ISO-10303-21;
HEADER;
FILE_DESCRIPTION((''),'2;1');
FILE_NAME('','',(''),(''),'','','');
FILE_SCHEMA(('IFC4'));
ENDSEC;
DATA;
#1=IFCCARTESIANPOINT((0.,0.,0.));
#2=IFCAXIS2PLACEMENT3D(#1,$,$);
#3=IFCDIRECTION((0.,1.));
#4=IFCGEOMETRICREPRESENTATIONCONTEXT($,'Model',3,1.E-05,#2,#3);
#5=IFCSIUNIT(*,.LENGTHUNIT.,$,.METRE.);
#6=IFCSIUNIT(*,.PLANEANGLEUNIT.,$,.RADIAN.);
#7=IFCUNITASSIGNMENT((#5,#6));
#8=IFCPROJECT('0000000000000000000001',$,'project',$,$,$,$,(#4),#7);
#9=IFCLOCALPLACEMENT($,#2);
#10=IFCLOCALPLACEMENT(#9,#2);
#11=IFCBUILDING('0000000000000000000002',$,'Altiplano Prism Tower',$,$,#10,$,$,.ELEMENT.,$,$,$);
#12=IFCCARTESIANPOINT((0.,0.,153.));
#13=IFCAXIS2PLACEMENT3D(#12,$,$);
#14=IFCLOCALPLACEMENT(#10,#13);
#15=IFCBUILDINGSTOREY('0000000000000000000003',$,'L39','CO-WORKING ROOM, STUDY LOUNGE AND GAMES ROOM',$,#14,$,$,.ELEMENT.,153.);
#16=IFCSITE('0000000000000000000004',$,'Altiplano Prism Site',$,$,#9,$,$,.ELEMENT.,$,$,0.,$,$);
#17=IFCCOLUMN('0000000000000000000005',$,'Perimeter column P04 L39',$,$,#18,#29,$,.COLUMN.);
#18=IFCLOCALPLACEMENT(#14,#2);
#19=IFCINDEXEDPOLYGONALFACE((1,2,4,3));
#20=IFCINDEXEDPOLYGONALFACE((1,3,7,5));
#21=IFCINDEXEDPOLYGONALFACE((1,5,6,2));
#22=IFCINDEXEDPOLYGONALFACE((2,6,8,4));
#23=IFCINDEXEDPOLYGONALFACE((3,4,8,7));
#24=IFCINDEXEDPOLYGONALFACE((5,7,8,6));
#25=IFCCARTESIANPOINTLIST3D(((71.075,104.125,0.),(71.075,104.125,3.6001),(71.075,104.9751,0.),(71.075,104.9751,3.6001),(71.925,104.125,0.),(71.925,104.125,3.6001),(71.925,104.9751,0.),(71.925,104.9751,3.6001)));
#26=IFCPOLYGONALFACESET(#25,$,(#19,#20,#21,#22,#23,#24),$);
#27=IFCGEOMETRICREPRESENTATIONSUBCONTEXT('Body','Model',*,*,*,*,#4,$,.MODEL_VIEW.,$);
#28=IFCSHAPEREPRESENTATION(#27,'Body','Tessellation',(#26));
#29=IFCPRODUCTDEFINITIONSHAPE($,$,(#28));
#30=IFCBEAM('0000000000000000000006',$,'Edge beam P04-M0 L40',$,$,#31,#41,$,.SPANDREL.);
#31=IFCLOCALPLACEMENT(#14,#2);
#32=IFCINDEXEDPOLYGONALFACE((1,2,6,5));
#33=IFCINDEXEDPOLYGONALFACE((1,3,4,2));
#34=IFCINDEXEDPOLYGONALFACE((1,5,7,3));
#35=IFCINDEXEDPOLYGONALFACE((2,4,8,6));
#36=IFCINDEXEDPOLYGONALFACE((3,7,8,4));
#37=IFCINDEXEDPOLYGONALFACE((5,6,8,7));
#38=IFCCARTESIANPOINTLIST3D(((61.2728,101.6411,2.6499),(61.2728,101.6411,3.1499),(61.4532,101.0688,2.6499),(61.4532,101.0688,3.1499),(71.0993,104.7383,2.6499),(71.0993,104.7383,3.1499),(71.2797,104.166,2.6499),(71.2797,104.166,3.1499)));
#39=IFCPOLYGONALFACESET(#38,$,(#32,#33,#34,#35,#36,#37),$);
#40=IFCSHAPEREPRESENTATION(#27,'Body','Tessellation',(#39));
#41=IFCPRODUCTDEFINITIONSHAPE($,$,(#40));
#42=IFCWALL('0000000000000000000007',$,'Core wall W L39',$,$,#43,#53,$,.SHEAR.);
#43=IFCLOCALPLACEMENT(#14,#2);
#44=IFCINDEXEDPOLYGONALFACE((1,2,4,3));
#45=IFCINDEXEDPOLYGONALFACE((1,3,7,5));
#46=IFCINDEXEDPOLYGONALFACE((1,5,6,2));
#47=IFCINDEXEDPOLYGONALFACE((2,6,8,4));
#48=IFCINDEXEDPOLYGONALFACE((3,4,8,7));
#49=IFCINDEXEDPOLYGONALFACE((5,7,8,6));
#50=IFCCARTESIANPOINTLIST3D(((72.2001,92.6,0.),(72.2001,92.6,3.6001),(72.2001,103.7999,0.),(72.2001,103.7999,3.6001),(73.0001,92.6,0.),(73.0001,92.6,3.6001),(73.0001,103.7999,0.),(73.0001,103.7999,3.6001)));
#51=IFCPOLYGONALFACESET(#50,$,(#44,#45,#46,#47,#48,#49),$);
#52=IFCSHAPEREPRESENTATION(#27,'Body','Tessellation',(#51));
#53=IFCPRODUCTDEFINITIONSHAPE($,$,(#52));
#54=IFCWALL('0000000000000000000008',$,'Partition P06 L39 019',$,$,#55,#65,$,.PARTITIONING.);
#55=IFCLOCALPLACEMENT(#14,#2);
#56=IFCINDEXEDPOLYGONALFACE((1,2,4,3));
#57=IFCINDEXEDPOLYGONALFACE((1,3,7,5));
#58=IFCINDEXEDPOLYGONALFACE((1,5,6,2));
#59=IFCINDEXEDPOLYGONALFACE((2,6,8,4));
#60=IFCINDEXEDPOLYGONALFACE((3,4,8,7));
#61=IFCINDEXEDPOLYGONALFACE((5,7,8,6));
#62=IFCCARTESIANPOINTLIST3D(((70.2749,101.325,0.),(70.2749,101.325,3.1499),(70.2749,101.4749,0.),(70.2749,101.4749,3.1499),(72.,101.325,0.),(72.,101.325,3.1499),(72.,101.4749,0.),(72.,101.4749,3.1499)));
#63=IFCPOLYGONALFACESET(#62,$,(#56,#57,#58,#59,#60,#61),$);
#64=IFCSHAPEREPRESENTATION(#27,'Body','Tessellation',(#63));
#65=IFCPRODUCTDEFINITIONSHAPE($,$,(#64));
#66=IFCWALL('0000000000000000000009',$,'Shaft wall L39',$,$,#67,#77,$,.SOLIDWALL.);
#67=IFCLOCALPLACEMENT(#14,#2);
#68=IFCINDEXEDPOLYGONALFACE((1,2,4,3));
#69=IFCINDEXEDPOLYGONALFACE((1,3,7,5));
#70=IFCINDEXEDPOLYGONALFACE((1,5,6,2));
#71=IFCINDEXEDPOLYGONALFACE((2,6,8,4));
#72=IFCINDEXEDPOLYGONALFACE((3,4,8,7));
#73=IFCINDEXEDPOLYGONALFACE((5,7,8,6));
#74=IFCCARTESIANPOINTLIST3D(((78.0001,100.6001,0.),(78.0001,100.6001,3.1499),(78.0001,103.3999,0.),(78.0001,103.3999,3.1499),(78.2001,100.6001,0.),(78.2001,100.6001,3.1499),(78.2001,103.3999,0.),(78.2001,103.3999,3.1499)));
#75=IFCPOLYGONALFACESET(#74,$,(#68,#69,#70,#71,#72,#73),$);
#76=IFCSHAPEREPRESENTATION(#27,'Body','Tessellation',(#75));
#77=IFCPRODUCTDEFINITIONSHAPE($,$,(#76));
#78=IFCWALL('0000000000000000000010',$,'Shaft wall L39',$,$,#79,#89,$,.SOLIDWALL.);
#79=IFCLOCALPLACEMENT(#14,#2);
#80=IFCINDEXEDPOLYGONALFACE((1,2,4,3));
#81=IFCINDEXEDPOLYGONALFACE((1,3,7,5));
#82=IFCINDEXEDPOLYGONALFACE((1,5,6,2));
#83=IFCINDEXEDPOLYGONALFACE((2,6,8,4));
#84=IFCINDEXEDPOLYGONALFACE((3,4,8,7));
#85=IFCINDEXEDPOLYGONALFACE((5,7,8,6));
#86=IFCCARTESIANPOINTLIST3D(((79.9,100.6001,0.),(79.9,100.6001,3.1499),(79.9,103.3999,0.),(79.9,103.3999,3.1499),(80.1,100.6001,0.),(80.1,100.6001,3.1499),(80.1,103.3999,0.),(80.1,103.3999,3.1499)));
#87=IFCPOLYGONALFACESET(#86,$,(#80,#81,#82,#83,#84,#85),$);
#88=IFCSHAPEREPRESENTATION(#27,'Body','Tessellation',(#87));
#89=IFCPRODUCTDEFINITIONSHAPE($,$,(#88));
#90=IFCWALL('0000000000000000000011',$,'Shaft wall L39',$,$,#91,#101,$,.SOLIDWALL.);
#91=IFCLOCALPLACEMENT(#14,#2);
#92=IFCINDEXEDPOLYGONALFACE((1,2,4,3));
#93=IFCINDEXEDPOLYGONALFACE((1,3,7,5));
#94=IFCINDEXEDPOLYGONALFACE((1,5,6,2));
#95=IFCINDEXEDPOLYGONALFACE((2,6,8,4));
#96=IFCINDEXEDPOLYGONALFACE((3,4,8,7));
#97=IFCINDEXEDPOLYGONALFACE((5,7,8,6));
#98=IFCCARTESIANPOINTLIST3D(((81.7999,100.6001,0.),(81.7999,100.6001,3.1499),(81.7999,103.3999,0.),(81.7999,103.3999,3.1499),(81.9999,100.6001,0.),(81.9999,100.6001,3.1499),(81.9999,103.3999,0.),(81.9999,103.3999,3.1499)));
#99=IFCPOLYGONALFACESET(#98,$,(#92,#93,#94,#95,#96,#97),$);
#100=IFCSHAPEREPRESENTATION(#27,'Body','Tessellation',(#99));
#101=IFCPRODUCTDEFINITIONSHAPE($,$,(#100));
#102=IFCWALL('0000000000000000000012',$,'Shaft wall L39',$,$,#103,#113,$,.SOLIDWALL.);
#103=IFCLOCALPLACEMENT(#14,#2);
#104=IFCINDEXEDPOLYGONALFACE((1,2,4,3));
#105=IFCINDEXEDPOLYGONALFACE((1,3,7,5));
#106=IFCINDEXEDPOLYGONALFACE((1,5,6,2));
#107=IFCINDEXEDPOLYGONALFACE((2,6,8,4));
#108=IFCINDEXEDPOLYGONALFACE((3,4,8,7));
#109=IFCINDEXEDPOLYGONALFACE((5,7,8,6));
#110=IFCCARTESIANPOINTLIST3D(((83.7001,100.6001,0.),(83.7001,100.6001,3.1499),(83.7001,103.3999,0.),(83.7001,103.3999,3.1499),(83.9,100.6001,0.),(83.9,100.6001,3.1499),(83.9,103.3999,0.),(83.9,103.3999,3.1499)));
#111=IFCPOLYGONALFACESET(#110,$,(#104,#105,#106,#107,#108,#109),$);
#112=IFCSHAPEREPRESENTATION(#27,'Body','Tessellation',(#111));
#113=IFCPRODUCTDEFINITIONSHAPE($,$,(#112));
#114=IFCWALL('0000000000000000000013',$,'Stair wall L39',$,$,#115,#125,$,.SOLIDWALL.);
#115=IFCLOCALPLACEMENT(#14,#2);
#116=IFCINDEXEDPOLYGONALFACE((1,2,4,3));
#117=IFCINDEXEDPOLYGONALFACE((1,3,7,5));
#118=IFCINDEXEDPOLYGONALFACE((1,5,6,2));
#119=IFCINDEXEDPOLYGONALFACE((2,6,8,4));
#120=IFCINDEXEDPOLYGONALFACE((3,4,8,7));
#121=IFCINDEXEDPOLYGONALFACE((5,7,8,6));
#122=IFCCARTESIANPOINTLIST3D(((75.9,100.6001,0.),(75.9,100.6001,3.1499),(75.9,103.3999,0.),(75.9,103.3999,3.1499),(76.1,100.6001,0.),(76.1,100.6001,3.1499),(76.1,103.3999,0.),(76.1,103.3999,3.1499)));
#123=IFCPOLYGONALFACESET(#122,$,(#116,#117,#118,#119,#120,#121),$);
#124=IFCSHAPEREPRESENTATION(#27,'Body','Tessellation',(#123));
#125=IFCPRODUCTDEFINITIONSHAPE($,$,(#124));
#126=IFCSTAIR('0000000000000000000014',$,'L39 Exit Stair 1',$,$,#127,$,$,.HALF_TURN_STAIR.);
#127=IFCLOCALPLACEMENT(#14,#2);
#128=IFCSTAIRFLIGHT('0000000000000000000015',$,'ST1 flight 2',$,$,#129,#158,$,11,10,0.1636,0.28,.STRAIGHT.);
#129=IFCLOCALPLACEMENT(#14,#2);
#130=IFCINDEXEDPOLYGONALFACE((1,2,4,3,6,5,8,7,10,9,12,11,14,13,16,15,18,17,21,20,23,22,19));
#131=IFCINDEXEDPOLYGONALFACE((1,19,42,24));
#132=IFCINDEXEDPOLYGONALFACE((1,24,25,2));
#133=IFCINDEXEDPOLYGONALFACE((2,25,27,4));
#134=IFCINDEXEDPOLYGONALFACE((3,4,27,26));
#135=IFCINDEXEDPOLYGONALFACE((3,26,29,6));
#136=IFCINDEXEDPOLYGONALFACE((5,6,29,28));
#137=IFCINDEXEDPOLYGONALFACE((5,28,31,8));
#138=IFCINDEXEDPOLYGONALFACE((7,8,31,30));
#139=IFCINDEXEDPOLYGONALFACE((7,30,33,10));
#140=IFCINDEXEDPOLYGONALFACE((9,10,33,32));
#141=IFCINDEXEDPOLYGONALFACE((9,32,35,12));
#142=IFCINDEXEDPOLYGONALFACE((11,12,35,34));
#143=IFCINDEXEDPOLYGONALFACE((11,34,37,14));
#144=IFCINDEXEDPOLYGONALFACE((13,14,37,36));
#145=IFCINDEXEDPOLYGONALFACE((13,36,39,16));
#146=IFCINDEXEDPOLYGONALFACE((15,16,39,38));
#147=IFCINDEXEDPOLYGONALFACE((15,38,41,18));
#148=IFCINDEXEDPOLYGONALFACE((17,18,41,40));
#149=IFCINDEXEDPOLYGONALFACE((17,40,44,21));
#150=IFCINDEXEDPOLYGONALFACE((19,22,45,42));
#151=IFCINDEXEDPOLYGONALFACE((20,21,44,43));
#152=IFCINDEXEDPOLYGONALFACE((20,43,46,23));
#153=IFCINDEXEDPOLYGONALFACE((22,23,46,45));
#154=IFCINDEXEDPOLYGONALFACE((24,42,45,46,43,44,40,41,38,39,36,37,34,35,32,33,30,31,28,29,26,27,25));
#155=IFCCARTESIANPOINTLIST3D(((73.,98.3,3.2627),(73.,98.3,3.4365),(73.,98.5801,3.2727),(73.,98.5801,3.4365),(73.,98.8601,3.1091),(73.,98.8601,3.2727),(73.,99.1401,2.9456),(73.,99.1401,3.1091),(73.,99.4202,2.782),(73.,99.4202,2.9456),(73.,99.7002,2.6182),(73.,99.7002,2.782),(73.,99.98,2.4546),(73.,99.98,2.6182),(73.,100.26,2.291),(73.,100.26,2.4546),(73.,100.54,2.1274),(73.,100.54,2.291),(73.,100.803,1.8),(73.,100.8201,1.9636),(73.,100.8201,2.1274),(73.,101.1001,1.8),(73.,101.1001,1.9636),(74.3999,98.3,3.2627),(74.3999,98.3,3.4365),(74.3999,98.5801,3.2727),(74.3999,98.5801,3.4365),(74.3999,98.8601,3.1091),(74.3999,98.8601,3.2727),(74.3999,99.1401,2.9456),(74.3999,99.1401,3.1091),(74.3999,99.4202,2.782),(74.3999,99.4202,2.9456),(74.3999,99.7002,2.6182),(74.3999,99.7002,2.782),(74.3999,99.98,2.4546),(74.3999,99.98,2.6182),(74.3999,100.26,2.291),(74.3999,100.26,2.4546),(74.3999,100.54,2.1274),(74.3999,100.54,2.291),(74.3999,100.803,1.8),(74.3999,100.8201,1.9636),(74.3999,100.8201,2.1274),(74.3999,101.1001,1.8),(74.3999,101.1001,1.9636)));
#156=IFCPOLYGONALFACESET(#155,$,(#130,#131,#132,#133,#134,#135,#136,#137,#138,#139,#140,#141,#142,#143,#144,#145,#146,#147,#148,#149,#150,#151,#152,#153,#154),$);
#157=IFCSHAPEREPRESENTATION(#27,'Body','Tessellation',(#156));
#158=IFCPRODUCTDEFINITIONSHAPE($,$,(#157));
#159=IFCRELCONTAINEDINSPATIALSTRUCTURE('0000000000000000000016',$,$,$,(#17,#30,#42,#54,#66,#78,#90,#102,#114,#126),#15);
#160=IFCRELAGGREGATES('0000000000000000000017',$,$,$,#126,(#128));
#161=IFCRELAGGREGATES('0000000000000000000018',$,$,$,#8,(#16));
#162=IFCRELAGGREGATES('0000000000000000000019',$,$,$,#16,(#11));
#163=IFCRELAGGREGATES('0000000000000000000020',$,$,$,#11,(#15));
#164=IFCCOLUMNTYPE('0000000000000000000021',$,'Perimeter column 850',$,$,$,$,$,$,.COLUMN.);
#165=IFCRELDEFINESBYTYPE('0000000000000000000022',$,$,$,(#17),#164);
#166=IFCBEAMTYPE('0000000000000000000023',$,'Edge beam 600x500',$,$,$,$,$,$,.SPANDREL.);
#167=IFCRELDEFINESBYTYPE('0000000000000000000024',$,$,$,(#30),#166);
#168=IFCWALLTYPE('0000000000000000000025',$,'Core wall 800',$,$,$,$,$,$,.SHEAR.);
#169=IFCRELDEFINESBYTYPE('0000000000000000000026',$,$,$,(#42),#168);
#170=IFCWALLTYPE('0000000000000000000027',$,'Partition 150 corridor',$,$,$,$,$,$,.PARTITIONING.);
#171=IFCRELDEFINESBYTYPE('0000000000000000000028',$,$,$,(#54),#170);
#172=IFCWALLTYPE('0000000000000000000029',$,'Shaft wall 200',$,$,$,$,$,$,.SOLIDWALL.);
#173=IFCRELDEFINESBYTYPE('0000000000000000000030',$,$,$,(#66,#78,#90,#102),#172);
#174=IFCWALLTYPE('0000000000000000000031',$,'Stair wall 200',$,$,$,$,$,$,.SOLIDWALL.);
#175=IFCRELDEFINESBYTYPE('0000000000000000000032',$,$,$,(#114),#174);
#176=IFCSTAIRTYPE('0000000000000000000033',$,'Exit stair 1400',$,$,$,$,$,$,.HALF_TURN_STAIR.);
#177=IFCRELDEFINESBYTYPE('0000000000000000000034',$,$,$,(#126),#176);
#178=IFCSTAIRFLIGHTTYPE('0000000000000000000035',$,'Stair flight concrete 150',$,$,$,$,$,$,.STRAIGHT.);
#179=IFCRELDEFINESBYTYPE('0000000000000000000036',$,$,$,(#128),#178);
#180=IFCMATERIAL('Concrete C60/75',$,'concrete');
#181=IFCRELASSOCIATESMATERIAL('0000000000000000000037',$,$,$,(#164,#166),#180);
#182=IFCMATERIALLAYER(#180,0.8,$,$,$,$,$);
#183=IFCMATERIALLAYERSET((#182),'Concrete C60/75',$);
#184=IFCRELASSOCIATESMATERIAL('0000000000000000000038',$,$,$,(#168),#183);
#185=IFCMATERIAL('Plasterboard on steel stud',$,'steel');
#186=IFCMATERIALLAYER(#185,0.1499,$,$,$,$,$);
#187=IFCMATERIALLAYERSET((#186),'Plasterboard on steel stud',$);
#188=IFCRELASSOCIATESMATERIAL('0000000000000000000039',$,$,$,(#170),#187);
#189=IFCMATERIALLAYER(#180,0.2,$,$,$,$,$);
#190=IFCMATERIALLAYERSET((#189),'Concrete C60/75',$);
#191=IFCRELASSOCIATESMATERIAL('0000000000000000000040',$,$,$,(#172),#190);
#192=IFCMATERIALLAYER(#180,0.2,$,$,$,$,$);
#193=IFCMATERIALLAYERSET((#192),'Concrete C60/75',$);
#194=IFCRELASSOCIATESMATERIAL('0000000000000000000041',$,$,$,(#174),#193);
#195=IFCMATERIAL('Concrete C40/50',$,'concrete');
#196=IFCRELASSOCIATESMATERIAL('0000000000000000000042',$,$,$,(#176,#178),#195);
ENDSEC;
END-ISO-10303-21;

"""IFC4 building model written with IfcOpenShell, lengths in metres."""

from ifc_helpers import new_model, si_unit, direction, frame, frame_2d, origin, origin_2d, place, context, subcontext, project, spatial, polyline, rectangle, outline, extrude, material, layer, layer_set, material_profile, profile_set, type_object, element, aggregate, save


model = new_model("IFC4")

# Units and contexts
model_context = context("Model", 3, precision=1e-05, world=origin(), true_north=direction((0.0, 1.0)))
body_context = subcontext(model_context, "Body", "Model", "MODEL_VIEW")
ifc_project = project(units=[si_unit("LENGTHUNIT", "METRE"), si_unit("PLANEANGLEUNIT", "RADIAN")], contexts=[model_context])

# Site, building, storey
site_placement = place(None, origin())
site = spatial("IfcSite", under=ifc_project, at=site_placement, Name="Altiplano Prism Site", CompositionType="ELEMENT", RefElevation=0.0)
building_placement = place(site_placement, origin())
building = spatial("IfcBuilding", under=site, at=building_placement, Name="Altiplano Prism Tower", CompositionType="ELEMENT")
storey_placement = place(building_placement, frame((0.0, 0.0, 153.0)))
storey = spatial("IfcBuildingStorey", under=building, at=storey_placement, Name="L39", Description="CO-WORKING ROOM, STUDY LOUNGE AND GAMES ROOM", CompositionType="ELEMENT", Elevation=153.0)

# Column
ifc_material_1 = material(Name="Concrete C60/75", Category="concrete")
ifc_material_profile_1 = material_profile(ifc_material_1, rectangle(XDim=0.8501, YDim=0.8501, at=origin_2d()), Name="Perimeter column 850")
ifc_profile_set_1 = profile_set([ifc_material_profile_1], Name="Concrete C60/75")
column_type = type_object("IfcColumnType", Name="Perimeter column 850", PredefinedType="COLUMN", material=ifc_profile_set_1)
column_placement = place(storey_placement, frame((71.5, 104.55, 0.0), z_axis=(0.0, 0.0, 1.0), x_axis=(1.0, 0.0, 0.0)))
element("IfcColumn", 1, at=column_placement, inside=storey, type_object=column_type, Name="Perimeter column P04 L39", PredefinedType="COLUMN", context=body_context, shape_type="SweptSolid", body=[
    extrude(rectangle(XDim=0.8501, YDim=0.8501, at=origin_2d()), origin(), (0.0, 0.0, 1.0), 3.6001),
])

# Beam
ifc_material_profile_2 = material_profile(ifc_material_1, rectangle(XDim=0.6001, YDim=0.5, at=origin_2d()), Name="Edge beam 600x500")
ifc_profile_set_2 = profile_set([ifc_material_profile_2], Name="Concrete C60/75")
beam_type = type_object("IfcBeamType", Name="Edge beam 600x500", PredefinedType="SPANDREL", material=ifc_profile_set_2)
beam_placement = place(storey_placement, frame((71.1895, 104.4521, 2.8999), z_axis=(-0.953747, -0.30061, 0.0), x_axis=(0.30061, -0.953747, 0.0)))
element("IfcBeam", 2, at=beam_placement, inside=storey, type_object=beam_type, Name="Edge beam P04-M0 L40", PredefinedType="SPANDREL", context=body_context, shape_type="SweptSolid", body=[
    extrude(rectangle(XDim=0.6001, YDim=0.5, at=origin_2d()), origin(), (0.0, 0.0, 1.0), 10.303),
])

# Walls
ifc_layer_1 = layer(ifc_material_1, 0.8)
ifc_layer_set_1 = layer_set([ifc_layer_1], Name="Concrete C60/75")
wall_type_1 = type_object("IfcWallType", Name="Core wall 800", PredefinedType="SHEAR", material=ifc_layer_set_1)
wall_1_placement = place(storey_placement, frame((72.6001, 103.8, 0.0), z_axis=(0.0, 0.0, 1.0), x_axis=(0.0, -1.0, 0.0)))
element("IfcWall", 3, at=wall_1_placement, inside=storey, type_object=wall_type_1, Name="Core wall W L39", PredefinedType="SHEAR", context=body_context, shape_type="SweptSolid", body=[
    extrude(rectangle(XDim=11.2, YDim=0.8, at=frame_2d((5.6001, 0.0))), origin(), (0.0, 0.0, 1.0), 3.6001),
])
ifc_material_2 = material(Name="Plasterboard on steel stud", Category="steel")
ifc_layer_2 = layer(ifc_material_2, 0.1499)
ifc_layer_set_2 = layer_set([ifc_layer_2], Name="Plasterboard on steel stud")
wall_type_2 = type_object("IfcWallType", Name="Partition 150 corridor", PredefinedType="PARTITIONING", material=ifc_layer_set_2)
wall_2_placement = place(storey_placement, frame((72.0, 101.3999, 0.0), z_axis=(0.0, 0.0, 1.0), x_axis=(-1.0, 0.0, 0.0)))
element("IfcWall", 4, at=wall_2_placement, inside=storey, type_object=wall_type_2, Name="Partition P06 L39 019", PredefinedType="PARTITIONING", context=body_context, shape_type="SweptSolid", body=[
    extrude(rectangle(XDim=1.7251, YDim=0.1499, at=frame_2d((0.8625, 0.0))), origin(), (0.0, 0.0, 1.0), 3.1499),
])
ifc_layer_3 = layer(ifc_material_1, 0.2)
ifc_layer_set_3 = layer_set([ifc_layer_3], Name="Concrete C60/75")
wall_type_3 = type_object("IfcWallType", Name="Shaft wall 200", PredefinedType="SOLIDWALL", material=ifc_layer_set_3)
for number, where, z_axis, x_axis, name in (
    (5, (78.1001, 100.6001, 0.0), (0.0, 0.0, 1.0), (0.0, 1.0, 0.0), "Shaft wall L39"),
    (6, (80.0, 100.6001, 0.0), (0.0, 0.0, 1.0), (0.0, 1.0, 0.0), "Shaft wall L39"),
    (7, (81.8999, 100.6001, 0.0), (0.0, 0.0, 1.0), (0.0, 1.0, 0.0), "Shaft wall L39"),
    (8, (83.8, 100.6001, 0.0), (0.0, 0.0, 1.0), (0.0, 1.0, 0.0), "Shaft wall L39"),
):
    element("IfcWall", number, at=place(storey_placement, frame(where, z_axis=z_axis, x_axis=x_axis)), inside=storey, type_object=wall_type_3, Name=name, PredefinedType="SOLIDWALL", context=body_context, shape_type="SweptSolid", body=[
        extrude(rectangle(XDim=2.7998, YDim=0.2, at=frame_2d((1.3999, 0.0))), origin(), (0.0, 0.0, 1.0), 3.1499),
    ])
ifc_layer_4 = layer(ifc_material_1, 0.2)
ifc_layer_set_4 = layer_set([ifc_layer_4], Name="Concrete C60/75")
wall_type_4 = type_object("IfcWallType", Name="Stair wall 200", PredefinedType="SOLIDWALL", material=ifc_layer_set_4)
wall_3_placement = place(storey_placement, frame((76.0, 100.6001, 0.0), z_axis=(0.0, 0.0, 1.0), x_axis=(0.0, 1.0, 0.0)))
element("IfcWall", 9, at=wall_3_placement, inside=storey, type_object=wall_type_4, Name="Stair wall L39", PredefinedType="SOLIDWALL", context=body_context, shape_type="SweptSolid", body=[
    extrude(rectangle(XDim=2.7998, YDim=0.2, at=frame_2d((1.3999, 0.0))), origin(), (0.0, 0.0, 1.0), 3.1499),
])

# Stair, stair flight
ifc_material_3 = material(Name="Concrete C40/50", Category="concrete")
stair_type = type_object("IfcStairType", Name="Exit stair 1400", PredefinedType="HALF_TURN_STAIR", material=ifc_material_3)
stair_placement = place(storey_placement, origin())
stair = element("IfcStair", 10, at=stair_placement, inside=storey, type_object=stair_type, Name="L39 Exit Stair 1", PredefinedType="HALF_TURN_STAIR")
stair_flight_type = type_object("IfcStairFlightType", Name="Stair flight concrete 150", PredefinedType="STRAIGHT", material=ifc_material_3)
stair_flight_placement = place(storey_placement, frame((73.7, 101.1001, 1.8), z_axis=(0.0, 0.0, 1.0), x_axis=(0.0, -1.0, 0.0)))
stair_flight = element("IfcStairFlight", 11, at=stair_flight_placement, type_object=stair_flight_type, Name="ST1 flight 2", NumberOfRisers=11, NumberOfTreads=10, PredefinedType="STRAIGHT", RiserHeight=0.1636, TreadLength=0.28, context=body_context, shape_type="SweptSolid", body=[
    extrude(outline(polyline([(0.0, 0.0), (0.0, 0.1636), (0.28, 0.1636), (0.28, 0.3274), (0.5601, 0.3274), (0.5601, 0.491), (0.8401, 0.491), (0.8401, 0.6545), (1.1201, 0.6545), (1.1201, 0.8181), (1.3999, 0.8181), (1.3999, 0.9819), (1.6799, 0.9819), (1.6799, 1.1455), (1.96, 1.1455), (1.96, 1.3091), (2.24, 1.3091), (2.24, 1.4727), (2.52, 1.4727), (2.52, 1.6365), (2.8, 1.6365), (2.8, 1.8), (2.8, 1.4626), (0.2971, 0.0), (0.0, 0.0)])), frame((0.0, 0.7, 0.0), z_axis=(0.0, -1.0, 0.0), x_axis=(1.0, 0.0, 0.0)), (0.0, 0.0, 1.0), 1.3999),
])
aggregate(stair, [stair_flight])

save(model, "model.ifc")
